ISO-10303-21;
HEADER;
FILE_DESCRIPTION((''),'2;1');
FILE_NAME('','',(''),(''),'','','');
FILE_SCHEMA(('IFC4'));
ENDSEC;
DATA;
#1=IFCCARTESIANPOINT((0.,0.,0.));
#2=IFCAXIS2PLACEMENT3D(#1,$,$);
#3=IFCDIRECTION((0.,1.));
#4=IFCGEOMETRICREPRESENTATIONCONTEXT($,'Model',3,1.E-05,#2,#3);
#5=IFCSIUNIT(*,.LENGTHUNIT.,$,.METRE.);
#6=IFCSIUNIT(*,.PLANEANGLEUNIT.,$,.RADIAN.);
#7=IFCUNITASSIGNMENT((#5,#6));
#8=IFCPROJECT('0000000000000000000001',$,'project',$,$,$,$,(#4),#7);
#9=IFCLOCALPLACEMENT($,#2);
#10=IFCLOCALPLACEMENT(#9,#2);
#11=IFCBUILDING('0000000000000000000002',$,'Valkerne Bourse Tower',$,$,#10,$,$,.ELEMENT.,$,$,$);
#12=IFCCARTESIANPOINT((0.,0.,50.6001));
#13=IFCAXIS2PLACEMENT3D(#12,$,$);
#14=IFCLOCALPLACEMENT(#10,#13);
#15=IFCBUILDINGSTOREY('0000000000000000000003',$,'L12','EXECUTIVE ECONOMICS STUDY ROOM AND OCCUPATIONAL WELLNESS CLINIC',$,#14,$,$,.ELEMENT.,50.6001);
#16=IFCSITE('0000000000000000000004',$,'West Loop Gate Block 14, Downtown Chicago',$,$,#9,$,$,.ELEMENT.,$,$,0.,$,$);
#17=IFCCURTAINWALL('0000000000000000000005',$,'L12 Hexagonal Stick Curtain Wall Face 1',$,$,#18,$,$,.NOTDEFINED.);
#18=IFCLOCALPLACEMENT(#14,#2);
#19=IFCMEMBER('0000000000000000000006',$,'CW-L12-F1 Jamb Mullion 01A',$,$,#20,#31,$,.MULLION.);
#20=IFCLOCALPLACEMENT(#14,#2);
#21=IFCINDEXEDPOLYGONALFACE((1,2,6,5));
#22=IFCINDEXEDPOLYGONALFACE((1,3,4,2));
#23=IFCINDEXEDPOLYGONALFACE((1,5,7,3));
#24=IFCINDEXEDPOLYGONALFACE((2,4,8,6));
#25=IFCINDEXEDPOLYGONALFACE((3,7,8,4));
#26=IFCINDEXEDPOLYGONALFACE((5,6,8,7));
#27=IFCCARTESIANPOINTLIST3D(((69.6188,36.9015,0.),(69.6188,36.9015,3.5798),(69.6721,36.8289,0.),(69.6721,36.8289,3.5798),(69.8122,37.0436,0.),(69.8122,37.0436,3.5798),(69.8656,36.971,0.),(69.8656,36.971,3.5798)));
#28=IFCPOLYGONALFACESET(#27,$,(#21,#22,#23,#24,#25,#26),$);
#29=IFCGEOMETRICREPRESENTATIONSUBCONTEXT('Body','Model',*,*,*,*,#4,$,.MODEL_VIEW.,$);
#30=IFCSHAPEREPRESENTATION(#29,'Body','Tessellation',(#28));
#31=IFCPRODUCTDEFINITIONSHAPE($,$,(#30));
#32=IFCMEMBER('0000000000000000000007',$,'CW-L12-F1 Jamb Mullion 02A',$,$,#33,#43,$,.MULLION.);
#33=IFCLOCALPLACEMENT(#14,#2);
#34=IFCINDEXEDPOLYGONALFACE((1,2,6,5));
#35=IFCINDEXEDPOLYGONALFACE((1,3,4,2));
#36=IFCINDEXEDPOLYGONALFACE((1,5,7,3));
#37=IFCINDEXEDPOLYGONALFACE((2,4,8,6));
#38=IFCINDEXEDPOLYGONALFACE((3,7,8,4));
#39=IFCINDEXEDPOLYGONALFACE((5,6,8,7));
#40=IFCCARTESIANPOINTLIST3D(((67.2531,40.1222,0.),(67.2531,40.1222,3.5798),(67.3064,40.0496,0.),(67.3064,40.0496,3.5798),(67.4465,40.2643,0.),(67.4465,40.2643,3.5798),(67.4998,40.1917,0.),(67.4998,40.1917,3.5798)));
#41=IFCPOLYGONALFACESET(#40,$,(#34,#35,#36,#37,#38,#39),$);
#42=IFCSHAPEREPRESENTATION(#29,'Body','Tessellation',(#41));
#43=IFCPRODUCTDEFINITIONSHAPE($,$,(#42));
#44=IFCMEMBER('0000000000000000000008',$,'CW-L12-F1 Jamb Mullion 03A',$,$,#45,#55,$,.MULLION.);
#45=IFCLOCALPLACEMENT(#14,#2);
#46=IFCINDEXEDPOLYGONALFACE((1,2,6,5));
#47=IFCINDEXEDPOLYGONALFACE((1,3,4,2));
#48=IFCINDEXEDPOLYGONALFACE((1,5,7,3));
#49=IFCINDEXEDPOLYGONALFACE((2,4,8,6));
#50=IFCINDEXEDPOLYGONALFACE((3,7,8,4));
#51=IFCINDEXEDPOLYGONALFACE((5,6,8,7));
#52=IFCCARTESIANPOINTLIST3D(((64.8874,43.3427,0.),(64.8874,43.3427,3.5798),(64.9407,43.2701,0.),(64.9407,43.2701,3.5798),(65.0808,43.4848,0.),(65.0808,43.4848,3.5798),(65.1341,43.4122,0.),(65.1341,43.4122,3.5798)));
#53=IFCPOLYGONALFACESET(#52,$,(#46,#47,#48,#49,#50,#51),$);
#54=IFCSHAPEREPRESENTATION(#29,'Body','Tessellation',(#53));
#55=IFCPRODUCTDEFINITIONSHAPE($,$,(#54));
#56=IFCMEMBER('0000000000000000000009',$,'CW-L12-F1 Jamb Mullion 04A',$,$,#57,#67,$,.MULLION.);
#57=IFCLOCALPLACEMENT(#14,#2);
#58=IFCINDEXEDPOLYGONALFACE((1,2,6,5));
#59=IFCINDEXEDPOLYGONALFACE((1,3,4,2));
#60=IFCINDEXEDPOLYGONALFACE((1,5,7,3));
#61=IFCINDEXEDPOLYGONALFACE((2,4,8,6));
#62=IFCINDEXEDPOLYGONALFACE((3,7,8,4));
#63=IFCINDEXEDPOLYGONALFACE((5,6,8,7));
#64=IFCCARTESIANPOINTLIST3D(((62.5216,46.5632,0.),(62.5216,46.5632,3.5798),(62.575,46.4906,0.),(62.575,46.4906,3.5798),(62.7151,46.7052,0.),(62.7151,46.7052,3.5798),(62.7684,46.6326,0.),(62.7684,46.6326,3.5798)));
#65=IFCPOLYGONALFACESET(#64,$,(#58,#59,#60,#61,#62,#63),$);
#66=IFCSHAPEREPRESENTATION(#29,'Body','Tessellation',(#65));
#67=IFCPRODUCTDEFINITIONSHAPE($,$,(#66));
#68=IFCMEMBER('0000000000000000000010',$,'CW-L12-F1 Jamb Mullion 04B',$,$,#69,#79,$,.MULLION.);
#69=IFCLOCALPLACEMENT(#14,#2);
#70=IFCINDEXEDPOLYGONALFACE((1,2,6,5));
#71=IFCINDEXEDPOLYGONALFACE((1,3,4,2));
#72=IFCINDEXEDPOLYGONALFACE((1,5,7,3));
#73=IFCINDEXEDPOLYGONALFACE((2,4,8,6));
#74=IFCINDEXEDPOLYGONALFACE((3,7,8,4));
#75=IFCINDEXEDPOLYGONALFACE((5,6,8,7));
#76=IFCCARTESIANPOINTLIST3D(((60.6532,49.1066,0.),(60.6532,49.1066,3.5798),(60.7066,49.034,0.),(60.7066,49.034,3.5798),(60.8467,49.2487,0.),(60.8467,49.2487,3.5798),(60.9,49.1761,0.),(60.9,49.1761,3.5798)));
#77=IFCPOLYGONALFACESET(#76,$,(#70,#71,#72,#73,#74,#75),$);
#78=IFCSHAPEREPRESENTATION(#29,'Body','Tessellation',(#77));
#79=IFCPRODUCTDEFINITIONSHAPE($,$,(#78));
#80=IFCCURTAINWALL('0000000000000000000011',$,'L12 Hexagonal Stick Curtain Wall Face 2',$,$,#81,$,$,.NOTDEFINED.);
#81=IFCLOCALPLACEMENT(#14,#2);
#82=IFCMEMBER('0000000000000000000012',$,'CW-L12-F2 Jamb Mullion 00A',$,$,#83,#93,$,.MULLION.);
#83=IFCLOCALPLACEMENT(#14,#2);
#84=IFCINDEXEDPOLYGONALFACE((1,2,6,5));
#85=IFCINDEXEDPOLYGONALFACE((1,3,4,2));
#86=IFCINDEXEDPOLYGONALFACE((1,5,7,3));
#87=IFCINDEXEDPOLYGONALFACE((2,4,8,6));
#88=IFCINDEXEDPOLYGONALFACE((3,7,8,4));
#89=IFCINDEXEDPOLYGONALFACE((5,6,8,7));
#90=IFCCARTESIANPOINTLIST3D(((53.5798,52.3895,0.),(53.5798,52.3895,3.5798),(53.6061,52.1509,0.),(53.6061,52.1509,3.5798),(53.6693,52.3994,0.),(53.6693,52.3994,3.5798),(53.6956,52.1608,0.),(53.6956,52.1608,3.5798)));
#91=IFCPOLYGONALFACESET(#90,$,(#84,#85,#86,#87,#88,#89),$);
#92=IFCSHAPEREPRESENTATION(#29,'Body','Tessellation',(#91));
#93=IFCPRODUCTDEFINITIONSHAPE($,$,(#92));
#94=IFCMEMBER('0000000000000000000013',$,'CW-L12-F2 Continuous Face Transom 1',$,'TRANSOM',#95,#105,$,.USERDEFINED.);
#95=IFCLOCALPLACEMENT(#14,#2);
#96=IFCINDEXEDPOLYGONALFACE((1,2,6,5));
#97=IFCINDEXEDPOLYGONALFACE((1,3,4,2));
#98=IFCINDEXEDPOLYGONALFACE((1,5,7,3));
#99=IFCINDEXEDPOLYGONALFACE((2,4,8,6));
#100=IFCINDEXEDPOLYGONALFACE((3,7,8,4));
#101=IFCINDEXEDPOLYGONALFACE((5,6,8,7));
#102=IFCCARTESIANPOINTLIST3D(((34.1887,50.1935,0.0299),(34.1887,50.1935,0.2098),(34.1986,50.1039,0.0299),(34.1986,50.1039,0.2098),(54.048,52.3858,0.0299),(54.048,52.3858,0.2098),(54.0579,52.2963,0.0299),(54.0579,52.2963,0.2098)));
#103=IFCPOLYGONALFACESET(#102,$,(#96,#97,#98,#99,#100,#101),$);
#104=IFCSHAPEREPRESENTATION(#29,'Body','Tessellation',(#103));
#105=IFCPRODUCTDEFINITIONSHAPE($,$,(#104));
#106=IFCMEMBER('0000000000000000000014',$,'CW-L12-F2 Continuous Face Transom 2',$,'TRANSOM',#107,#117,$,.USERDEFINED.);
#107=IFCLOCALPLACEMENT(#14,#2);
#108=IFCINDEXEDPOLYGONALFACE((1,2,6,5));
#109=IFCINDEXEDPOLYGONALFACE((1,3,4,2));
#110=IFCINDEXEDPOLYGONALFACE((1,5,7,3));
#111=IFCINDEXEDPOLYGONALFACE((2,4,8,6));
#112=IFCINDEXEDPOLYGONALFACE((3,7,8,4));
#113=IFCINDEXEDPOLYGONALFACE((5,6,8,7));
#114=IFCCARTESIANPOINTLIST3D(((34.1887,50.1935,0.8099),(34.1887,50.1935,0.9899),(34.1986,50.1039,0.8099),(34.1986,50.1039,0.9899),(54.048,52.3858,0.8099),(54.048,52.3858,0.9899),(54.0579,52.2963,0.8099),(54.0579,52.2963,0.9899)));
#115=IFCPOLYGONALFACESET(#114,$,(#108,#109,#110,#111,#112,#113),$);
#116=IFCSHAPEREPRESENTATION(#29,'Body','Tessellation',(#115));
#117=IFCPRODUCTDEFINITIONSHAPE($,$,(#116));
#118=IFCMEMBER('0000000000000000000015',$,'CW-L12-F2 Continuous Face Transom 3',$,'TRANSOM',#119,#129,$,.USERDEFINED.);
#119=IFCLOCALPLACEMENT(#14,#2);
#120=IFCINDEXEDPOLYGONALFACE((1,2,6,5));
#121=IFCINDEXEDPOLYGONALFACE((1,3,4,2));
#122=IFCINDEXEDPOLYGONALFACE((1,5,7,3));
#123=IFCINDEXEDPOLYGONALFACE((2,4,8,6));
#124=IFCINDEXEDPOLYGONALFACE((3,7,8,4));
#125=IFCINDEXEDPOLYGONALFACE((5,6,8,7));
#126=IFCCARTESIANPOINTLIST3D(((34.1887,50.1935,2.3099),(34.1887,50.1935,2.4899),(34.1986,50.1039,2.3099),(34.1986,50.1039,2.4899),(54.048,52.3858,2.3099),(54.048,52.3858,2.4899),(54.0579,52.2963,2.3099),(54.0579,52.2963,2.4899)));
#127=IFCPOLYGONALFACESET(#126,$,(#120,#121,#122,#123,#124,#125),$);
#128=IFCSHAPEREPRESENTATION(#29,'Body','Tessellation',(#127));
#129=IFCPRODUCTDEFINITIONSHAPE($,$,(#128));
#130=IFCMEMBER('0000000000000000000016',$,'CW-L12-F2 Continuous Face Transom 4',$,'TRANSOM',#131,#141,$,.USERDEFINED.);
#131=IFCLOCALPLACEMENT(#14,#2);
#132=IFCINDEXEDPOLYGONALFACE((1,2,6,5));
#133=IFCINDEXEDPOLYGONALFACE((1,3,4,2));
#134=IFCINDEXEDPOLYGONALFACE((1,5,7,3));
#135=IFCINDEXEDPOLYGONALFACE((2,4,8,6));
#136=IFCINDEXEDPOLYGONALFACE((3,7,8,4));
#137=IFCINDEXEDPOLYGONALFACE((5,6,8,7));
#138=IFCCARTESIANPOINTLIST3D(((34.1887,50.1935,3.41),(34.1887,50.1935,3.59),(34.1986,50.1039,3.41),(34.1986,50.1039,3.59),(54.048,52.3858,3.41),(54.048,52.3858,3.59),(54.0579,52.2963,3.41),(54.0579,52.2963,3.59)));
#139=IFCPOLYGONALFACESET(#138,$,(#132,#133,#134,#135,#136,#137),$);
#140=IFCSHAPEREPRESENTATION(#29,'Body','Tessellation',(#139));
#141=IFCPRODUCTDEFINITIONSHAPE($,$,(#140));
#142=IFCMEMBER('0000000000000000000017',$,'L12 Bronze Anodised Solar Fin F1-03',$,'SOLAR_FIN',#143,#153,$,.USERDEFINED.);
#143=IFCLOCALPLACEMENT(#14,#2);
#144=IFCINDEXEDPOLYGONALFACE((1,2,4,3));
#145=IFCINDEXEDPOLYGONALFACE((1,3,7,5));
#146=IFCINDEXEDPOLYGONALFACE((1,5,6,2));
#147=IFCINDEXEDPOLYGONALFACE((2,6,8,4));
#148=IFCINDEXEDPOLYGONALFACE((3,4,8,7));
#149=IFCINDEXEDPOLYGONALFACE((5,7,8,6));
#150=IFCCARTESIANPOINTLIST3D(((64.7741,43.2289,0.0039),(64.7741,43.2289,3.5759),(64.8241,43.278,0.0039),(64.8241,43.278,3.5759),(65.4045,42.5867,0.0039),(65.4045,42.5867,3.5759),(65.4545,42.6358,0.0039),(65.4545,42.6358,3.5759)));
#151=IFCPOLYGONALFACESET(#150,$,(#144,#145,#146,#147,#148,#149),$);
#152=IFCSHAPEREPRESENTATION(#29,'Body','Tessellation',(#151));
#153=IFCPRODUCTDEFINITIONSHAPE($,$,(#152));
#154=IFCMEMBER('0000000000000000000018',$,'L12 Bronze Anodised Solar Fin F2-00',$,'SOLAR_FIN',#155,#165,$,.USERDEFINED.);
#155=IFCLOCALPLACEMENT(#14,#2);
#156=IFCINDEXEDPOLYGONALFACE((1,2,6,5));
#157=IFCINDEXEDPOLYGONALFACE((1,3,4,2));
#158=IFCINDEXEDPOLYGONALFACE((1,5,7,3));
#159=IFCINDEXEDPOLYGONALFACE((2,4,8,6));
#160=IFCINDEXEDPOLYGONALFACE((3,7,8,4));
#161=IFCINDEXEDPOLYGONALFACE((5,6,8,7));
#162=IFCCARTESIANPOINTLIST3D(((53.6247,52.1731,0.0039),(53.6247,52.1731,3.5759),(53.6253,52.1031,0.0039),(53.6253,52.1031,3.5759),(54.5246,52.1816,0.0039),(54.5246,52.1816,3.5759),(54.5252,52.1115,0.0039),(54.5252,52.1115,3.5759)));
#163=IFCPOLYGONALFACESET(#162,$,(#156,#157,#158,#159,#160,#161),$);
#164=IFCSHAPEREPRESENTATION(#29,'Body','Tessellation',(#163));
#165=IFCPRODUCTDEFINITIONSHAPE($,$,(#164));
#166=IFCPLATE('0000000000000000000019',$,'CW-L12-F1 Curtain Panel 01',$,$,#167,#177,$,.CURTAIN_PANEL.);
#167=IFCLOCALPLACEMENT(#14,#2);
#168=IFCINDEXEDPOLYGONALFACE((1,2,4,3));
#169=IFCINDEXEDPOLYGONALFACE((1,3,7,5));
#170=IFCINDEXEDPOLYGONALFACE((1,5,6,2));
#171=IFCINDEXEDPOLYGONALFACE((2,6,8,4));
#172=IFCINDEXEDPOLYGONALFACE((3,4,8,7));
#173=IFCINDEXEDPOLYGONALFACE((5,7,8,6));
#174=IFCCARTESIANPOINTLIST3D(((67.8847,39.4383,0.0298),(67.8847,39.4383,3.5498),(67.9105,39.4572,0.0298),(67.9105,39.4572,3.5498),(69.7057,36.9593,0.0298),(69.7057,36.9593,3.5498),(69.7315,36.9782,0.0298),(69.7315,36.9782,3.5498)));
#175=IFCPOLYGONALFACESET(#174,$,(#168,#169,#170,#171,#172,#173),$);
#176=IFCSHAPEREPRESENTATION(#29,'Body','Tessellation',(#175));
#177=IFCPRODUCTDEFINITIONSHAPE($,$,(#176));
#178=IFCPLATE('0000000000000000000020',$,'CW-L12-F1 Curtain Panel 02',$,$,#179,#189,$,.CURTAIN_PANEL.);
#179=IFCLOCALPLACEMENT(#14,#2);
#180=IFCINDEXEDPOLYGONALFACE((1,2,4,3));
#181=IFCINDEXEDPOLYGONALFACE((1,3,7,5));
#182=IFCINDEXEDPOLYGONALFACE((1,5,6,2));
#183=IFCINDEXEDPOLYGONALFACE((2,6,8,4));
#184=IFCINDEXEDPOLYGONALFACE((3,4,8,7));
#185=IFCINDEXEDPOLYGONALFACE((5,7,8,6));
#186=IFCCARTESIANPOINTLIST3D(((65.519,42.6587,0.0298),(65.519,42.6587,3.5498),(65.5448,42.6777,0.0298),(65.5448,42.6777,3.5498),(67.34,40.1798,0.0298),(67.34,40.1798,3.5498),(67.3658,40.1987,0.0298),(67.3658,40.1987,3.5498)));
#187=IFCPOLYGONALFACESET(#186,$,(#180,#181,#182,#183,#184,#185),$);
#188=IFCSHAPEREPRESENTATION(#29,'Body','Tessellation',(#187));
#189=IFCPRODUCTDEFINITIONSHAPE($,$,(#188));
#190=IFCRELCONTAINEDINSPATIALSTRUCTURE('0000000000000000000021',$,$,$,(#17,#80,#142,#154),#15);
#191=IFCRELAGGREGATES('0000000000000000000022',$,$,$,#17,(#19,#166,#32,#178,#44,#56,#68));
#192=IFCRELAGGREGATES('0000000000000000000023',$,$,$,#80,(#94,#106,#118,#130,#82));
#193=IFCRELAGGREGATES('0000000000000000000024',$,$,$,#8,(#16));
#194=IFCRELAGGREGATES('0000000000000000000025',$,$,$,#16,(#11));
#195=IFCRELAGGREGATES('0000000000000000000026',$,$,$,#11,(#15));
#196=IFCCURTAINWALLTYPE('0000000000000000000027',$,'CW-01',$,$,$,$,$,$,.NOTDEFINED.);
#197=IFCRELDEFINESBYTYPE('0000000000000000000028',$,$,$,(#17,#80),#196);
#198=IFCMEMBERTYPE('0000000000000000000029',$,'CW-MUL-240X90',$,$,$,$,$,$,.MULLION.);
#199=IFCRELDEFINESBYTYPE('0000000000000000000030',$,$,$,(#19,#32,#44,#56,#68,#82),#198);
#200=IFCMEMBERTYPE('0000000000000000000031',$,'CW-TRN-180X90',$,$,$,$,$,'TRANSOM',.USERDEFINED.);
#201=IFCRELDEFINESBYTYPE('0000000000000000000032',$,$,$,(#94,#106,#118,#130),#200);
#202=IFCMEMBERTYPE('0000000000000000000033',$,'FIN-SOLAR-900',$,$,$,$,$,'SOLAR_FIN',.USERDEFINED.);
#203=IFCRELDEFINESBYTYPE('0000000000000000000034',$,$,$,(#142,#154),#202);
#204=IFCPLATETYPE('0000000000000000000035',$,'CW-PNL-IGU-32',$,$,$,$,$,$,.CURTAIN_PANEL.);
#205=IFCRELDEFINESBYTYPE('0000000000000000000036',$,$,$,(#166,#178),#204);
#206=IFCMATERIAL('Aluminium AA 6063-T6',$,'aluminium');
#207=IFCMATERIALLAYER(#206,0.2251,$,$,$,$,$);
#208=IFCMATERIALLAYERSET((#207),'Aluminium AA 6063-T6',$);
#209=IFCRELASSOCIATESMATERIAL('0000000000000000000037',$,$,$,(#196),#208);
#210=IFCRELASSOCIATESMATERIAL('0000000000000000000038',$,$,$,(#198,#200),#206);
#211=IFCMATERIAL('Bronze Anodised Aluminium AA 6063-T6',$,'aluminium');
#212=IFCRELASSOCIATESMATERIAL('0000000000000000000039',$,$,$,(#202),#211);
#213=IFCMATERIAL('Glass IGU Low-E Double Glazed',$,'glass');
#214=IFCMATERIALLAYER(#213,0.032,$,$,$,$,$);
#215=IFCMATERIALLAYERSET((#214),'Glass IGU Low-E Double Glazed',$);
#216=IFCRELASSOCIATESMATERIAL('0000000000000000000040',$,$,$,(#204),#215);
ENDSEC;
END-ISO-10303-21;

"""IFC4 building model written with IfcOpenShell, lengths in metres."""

from ifc_helpers import new_model, si_unit, direction, frame, origin, origin_2d, place, context, subcontext, project, spatial, rectangle, extrude, material, layer, layer_set, material_profile, profile_set, type_object, element, aggregate, save


model = new_model("IFC4")

# Units and contexts
model_context = context("Model", 3, precision=1e-05, world=origin(), true_north=direction((0.0, 1.0)))
body_context = subcontext(model_context, "Body", "Model", "MODEL_VIEW")
ifc_project = project(units=[si_unit("LENGTHUNIT", "METRE"), si_unit("PLANEANGLEUNIT", "RADIAN")], contexts=[model_context])

# Site, building, storey
site_placement = place(None, origin())
site = spatial("IfcSite", under=ifc_project, at=site_placement, Name="West Loop Gate Block 14, Downtown Chicago", CompositionType="ELEMENT", RefElevation=0.0)
building_placement = place(site_placement, origin())
building = spatial("IfcBuilding", under=site, at=building_placement, Name="Valkerne Bourse Tower", CompositionType="ELEMENT")
storey_placement = place(building_placement, frame((0.0, 0.0, 50.6001)))
storey = spatial("IfcBuildingStorey", under=building, at=storey_placement, Name="L12", Description="EXECUTIVE ECONOMICS STUDY ROOM AND OCCUPATIONAL WELLNESS CLINIC", CompositionType="ELEMENT", Elevation=50.6001)

# Curtain walls, members
ifc_material_1 = material(Name="Aluminium AA 6063-T6", Category="aluminium")
ifc_layer_1 = layer(ifc_material_1, 0.2251)
ifc_layer_set_1 = layer_set([ifc_layer_1], Name="Aluminium AA 6063-T6")
curtain_wall_type = type_object("IfcCurtainWallType", Name="CW-01", PredefinedType="NOTDEFINED", material=ifc_layer_set_1)
curtain_wall_1_placement = place(storey_placement, origin())
curtain_wall_1 = element("IfcCurtainWall", 1, at=curtain_wall_1_placement, inside=storey, type_object=curtain_wall_type, Name="L12 Hexagonal Stick Curtain Wall Face 1", PredefinedType="NOTDEFINED")
ifc_material_profile_1 = material_profile(ifc_material_1, rectangle(XDim=0.0901, YDim=0.24, at=origin_2d()), Name="CWM-90X240")
ifc_profile_set_1 = profile_set([ifc_material_profile_1], Name="Aluminium AA 6063-T6")
member_type_1 = type_object("IfcMemberType", Name="CW-MUL-240X90", PredefinedType="MULLION", material=ifc_profile_set_1)
member_1_placement = place(storey_placement, frame((69.7422, 36.9363, 0.0), z_axis=(0.0, 0.0, 1.0), x_axis=(-0.592014, 0.805927, 0.0)))
member_1 = element("IfcMember", 2, at=member_1_placement, type_object=member_type_1, Name="CW-L12-F1 Jamb Mullion 01A", PredefinedType="MULLION", context=body_context, shape_type="SweptSolid", body=[
    extrude(rectangle(XDim=0.0901, YDim=0.24, at=origin_2d()), origin(), (0.0, 0.0, 1.0), 3.5798),
])
member_2_placement = place(storey_placement, frame((67.3765, 40.157, 0.0), z_axis=(0.0, 0.0, 1.0), x_axis=(-0.592014, 0.805927, 0.0)))
member_2 = element("IfcMember", 3, at=member_2_placement, type_object=member_type_1, Name="CW-L12-F1 Jamb Mullion 02A", PredefinedType="MULLION", context=body_context, shape_type="SweptSolid", body=[
    extrude(rectangle(XDim=0.0901, YDim=0.24, at=origin_2d()), origin(), (0.0, 0.0, 1.0), 3.5798),
])
member_3_placement = place(storey_placement, frame((65.0107, 43.3774, 0.0), z_axis=(0.0, 0.0, 1.0), x_axis=(-0.592014, 0.805927, 0.0)))
member_3 = element("IfcMember", 4, at=member_3_placement, type_object=member_type_1, Name="CW-L12-F1 Jamb Mullion 03A", PredefinedType="MULLION", context=body_context, shape_type="SweptSolid", body=[
    extrude(rectangle(XDim=0.0901, YDim=0.24, at=origin_2d()), origin(), (0.0, 0.0, 1.0), 3.5798),
])
member_4_placement = place(storey_placement, frame((62.645, 46.5979, 0.0), z_axis=(0.0, 0.0, 1.0), x_axis=(-0.592014, 0.805927, 0.0)))
member_4 = element("IfcMember", 5, at=member_4_placement, type_object=member_type_1, Name="CW-L12-F1 Jamb Mullion 04A", PredefinedType="MULLION", context=body_context, shape_type="SweptSolid", body=[
    extrude(rectangle(XDim=0.0901, YDim=0.24, at=origin_2d()), origin(), (0.0, 0.0, 1.0), 3.5798),
])
member_5_placement = place(storey_placement, frame((60.7766, 49.1414, 0.0), z_axis=(0.0, 0.0, 1.0), x_axis=(-0.592014, 0.805927, 0.0)))
member_5 = element("IfcMember", 6, at=member_5_placement, type_object=member_type_1, Name="CW-L12-F1 Jamb Mullion 04B", PredefinedType="MULLION", context=body_context, shape_type="SweptSolid", body=[
    extrude(rectangle(XDim=0.0901, YDim=0.24, at=origin_2d()), origin(), (0.0, 0.0, 1.0), 3.5798),
])
curtain_wall_2_placement = place(storey_placement, origin())
curtain_wall_2 = element("IfcCurtainWall", 7, at=curtain_wall_2_placement, inside=storey, type_object=curtain_wall_type, Name="L12 Hexagonal Stick Curtain Wall Face 2", PredefinedType="NOTDEFINED")
member_6_placement = place(storey_placement, frame((53.6377, 52.2751, 0.0), z_axis=(0.0, 0.0, 1.0), x_axis=(-0.993961, -0.109734, 0.0)))
member_6 = element("IfcMember", 8, at=member_6_placement, type_object=member_type_1, Name="CW-L12-F2 Jamb Mullion 00A", PredefinedType="MULLION", context=body_context, shape_type="SweptSolid", body=[
    extrude(rectangle(XDim=0.0901, YDim=0.24, at=origin_2d()), origin(), (0.0, 0.0, 1.0), 3.5798),
])
ifc_material_profile_2 = material_profile(ifc_material_1, rectangle(XDim=0.0901, YDim=0.1799, at=origin_2d()), Name="CWT-90X180")
ifc_profile_set_2 = profile_set([ifc_material_profile_2], Name="Aluminium AA 6063-T6")
member_type_2 = type_object("IfcMemberType", Name="CW-TRN-180X90", ElementType="TRANSOM", PredefinedType="USERDEFINED", material=ifc_profile_set_2)
member_7_placement = place(storey_placement, frame((54.053, 52.3411, 0.1199), z_axis=(-0.993962, -0.109729, 0.0), x_axis=(0.109729, -0.993962, 0.0)))
member_7 = element("IfcMember", 9, at=member_7_placement, type_object=member_type_2, Name="CW-L12-F2 Continuous Face Transom 1", ObjectType="TRANSOM", PredefinedType="USERDEFINED", context=body_context, shape_type="SweptSolid", body=[
    extrude(rectangle(XDim=0.0901, YDim=0.1799, at=origin_2d()), origin(), (0.0, 0.0, 1.0), 19.98),
])
member_8_placement = place(storey_placement, frame((54.053, 52.3411, 0.8999), z_axis=(-0.993962, -0.109729, 0.0), x_axis=(0.109729, -0.993962, 0.0)))
member_8 = element("IfcMember", 10, at=member_8_placement, type_object=member_type_2, Name="CW-L12-F2 Continuous Face Transom 2", ObjectType="TRANSOM", PredefinedType="USERDEFINED", context=body_context, shape_type="SweptSolid", body=[
    extrude(rectangle(XDim=0.0901, YDim=0.1799, at=origin_2d()), origin(), (0.0, 0.0, 1.0), 19.98),
])
member_9_placement = place(storey_placement, frame((54.053, 52.3411, 2.3999), z_axis=(-0.993962, -0.109729, 0.0), x_axis=(0.109729, -0.993962, 0.0)))
member_9 = element("IfcMember", 11, at=member_9_placement, type_object=member_type_2, Name="CW-L12-F2 Continuous Face Transom 3", ObjectType="TRANSOM", PredefinedType="USERDEFINED", context=body_context, shape_type="SweptSolid", body=[
    extrude(rectangle(XDim=0.0901, YDim=0.1799, at=origin_2d()), origin(), (0.0, 0.0, 1.0), 19.98),
])
member_10_placement = place(storey_placement, frame((54.053, 52.3411, 3.5), z_axis=(-0.993962, -0.109729, 0.0), x_axis=(0.109729, -0.993962, 0.0)))
member_10 = element("IfcMember", 12, at=member_10_placement, type_object=member_type_2, Name="CW-L12-F2 Continuous Face Transom 4", ObjectType="TRANSOM", PredefinedType="USERDEFINED", context=body_context, shape_type="SweptSolid", body=[
    extrude(rectangle(XDim=0.0901, YDim=0.1799, at=origin_2d()), origin(), (0.0, 0.0, 1.0), 19.98),
])

# Members
ifc_material_2 = material(Name="Bronze Anodised Aluminium AA 6063-T6", Category="aluminium")
ifc_material_profile_3 = material_profile(ifc_material_2, rectangle(XDim=0.0701, YDim=0.8999, at=origin_2d()), Name="FIN-70X900")
ifc_profile_set_3 = profile_set([ifc_material_profile_3], Name="Bronze Anodised Aluminium AA 6063-T6")
member_type_3 = type_object("IfcMemberType", Name="FIN-SOLAR-900", ElementType="SOLAR_FIN", PredefinedType="USERDEFINED", material=ifc_profile_set_3)
for number, where, z_axis, x_axis, name in (
    (13, (65.1143, 42.9324, 0.0039), (0.0, 0.0, 1.0), (0.713622, 0.700531, 0.0), "L12 Bronze Anodised Solar Fin F1-03"),
    (14, (54.075, 52.1423, 0.0039), (0.0, 0.0, 1.0), (-0.009403, 0.999956, 0.0), "L12 Bronze Anodised Solar Fin F2-00"),
):
    element("IfcMember", number, at=place(storey_placement, frame(where, z_axis=z_axis, x_axis=x_axis)), inside=storey, type_object=member_type_3, Name=name, ObjectType="SOLAR_FIN", PredefinedType="USERDEFINED", context=body_context, shape_type="SweptSolid", body=[
        extrude(rectangle(XDim=0.0701, YDim=0.8999, at=origin_2d()), origin(), (0.0, 0.0, 1.0), 3.572),
    ])

# Plates
ifc_material_3 = material(Name="Glass IGU Low-E Double Glazed", Category="glass")
ifc_layer_2 = layer(ifc_material_3, 0.032)
ifc_layer_set_2 = layer_set([ifc_layer_2], Name="Glass IGU Low-E Double Glazed")
plate_type = type_object("IfcPlateType", Name="CW-PNL-IGU-32", PredefinedType="CURTAIN_PANEL", material=ifc_layer_set_2)
plate_1_placement = place(storey_placement, frame((68.8081, 38.2083, 0.0298), z_axis=(0.0, 0.0, 1.0), x_axis=(-0.592014, 0.805927, 0.0)))
plate_1 = element("IfcPlate", 15, at=plate_1_placement, type_object=plate_type, Name="CW-L12-F1 Curtain Panel 01", PredefinedType="CURTAIN_PANEL", context=body_context, shape_type="SweptSolid", body=[
    extrude(rectangle(XDim=3.0759, YDim=0.032, at=origin_2d()), origin(), (0.0, 0.0, 1.0), 3.52),
])
plate_2_placement = place(storey_placement, frame((66.4424, 41.4287, 0.0298), z_axis=(0.0, 0.0, 1.0), x_axis=(-0.592014, 0.805927, 0.0)))
plate_2 = element("IfcPlate", 16, at=plate_2_placement, type_object=plate_type, Name="CW-L12-F1 Curtain Panel 02", PredefinedType="CURTAIN_PANEL", context=body_context, shape_type="SweptSolid", body=[
    extrude(rectangle(XDim=3.0759, YDim=0.032, at=origin_2d()), origin(), (0.0, 0.0, 1.0), 3.52),
])
aggregate(curtain_wall_1, [member_1, plate_1, member_2, plate_2, member_3, member_4, member_5])
aggregate(curtain_wall_2, [member_7, member_8, member_9, member_10, member_6])

save(model, "model.ifc")
